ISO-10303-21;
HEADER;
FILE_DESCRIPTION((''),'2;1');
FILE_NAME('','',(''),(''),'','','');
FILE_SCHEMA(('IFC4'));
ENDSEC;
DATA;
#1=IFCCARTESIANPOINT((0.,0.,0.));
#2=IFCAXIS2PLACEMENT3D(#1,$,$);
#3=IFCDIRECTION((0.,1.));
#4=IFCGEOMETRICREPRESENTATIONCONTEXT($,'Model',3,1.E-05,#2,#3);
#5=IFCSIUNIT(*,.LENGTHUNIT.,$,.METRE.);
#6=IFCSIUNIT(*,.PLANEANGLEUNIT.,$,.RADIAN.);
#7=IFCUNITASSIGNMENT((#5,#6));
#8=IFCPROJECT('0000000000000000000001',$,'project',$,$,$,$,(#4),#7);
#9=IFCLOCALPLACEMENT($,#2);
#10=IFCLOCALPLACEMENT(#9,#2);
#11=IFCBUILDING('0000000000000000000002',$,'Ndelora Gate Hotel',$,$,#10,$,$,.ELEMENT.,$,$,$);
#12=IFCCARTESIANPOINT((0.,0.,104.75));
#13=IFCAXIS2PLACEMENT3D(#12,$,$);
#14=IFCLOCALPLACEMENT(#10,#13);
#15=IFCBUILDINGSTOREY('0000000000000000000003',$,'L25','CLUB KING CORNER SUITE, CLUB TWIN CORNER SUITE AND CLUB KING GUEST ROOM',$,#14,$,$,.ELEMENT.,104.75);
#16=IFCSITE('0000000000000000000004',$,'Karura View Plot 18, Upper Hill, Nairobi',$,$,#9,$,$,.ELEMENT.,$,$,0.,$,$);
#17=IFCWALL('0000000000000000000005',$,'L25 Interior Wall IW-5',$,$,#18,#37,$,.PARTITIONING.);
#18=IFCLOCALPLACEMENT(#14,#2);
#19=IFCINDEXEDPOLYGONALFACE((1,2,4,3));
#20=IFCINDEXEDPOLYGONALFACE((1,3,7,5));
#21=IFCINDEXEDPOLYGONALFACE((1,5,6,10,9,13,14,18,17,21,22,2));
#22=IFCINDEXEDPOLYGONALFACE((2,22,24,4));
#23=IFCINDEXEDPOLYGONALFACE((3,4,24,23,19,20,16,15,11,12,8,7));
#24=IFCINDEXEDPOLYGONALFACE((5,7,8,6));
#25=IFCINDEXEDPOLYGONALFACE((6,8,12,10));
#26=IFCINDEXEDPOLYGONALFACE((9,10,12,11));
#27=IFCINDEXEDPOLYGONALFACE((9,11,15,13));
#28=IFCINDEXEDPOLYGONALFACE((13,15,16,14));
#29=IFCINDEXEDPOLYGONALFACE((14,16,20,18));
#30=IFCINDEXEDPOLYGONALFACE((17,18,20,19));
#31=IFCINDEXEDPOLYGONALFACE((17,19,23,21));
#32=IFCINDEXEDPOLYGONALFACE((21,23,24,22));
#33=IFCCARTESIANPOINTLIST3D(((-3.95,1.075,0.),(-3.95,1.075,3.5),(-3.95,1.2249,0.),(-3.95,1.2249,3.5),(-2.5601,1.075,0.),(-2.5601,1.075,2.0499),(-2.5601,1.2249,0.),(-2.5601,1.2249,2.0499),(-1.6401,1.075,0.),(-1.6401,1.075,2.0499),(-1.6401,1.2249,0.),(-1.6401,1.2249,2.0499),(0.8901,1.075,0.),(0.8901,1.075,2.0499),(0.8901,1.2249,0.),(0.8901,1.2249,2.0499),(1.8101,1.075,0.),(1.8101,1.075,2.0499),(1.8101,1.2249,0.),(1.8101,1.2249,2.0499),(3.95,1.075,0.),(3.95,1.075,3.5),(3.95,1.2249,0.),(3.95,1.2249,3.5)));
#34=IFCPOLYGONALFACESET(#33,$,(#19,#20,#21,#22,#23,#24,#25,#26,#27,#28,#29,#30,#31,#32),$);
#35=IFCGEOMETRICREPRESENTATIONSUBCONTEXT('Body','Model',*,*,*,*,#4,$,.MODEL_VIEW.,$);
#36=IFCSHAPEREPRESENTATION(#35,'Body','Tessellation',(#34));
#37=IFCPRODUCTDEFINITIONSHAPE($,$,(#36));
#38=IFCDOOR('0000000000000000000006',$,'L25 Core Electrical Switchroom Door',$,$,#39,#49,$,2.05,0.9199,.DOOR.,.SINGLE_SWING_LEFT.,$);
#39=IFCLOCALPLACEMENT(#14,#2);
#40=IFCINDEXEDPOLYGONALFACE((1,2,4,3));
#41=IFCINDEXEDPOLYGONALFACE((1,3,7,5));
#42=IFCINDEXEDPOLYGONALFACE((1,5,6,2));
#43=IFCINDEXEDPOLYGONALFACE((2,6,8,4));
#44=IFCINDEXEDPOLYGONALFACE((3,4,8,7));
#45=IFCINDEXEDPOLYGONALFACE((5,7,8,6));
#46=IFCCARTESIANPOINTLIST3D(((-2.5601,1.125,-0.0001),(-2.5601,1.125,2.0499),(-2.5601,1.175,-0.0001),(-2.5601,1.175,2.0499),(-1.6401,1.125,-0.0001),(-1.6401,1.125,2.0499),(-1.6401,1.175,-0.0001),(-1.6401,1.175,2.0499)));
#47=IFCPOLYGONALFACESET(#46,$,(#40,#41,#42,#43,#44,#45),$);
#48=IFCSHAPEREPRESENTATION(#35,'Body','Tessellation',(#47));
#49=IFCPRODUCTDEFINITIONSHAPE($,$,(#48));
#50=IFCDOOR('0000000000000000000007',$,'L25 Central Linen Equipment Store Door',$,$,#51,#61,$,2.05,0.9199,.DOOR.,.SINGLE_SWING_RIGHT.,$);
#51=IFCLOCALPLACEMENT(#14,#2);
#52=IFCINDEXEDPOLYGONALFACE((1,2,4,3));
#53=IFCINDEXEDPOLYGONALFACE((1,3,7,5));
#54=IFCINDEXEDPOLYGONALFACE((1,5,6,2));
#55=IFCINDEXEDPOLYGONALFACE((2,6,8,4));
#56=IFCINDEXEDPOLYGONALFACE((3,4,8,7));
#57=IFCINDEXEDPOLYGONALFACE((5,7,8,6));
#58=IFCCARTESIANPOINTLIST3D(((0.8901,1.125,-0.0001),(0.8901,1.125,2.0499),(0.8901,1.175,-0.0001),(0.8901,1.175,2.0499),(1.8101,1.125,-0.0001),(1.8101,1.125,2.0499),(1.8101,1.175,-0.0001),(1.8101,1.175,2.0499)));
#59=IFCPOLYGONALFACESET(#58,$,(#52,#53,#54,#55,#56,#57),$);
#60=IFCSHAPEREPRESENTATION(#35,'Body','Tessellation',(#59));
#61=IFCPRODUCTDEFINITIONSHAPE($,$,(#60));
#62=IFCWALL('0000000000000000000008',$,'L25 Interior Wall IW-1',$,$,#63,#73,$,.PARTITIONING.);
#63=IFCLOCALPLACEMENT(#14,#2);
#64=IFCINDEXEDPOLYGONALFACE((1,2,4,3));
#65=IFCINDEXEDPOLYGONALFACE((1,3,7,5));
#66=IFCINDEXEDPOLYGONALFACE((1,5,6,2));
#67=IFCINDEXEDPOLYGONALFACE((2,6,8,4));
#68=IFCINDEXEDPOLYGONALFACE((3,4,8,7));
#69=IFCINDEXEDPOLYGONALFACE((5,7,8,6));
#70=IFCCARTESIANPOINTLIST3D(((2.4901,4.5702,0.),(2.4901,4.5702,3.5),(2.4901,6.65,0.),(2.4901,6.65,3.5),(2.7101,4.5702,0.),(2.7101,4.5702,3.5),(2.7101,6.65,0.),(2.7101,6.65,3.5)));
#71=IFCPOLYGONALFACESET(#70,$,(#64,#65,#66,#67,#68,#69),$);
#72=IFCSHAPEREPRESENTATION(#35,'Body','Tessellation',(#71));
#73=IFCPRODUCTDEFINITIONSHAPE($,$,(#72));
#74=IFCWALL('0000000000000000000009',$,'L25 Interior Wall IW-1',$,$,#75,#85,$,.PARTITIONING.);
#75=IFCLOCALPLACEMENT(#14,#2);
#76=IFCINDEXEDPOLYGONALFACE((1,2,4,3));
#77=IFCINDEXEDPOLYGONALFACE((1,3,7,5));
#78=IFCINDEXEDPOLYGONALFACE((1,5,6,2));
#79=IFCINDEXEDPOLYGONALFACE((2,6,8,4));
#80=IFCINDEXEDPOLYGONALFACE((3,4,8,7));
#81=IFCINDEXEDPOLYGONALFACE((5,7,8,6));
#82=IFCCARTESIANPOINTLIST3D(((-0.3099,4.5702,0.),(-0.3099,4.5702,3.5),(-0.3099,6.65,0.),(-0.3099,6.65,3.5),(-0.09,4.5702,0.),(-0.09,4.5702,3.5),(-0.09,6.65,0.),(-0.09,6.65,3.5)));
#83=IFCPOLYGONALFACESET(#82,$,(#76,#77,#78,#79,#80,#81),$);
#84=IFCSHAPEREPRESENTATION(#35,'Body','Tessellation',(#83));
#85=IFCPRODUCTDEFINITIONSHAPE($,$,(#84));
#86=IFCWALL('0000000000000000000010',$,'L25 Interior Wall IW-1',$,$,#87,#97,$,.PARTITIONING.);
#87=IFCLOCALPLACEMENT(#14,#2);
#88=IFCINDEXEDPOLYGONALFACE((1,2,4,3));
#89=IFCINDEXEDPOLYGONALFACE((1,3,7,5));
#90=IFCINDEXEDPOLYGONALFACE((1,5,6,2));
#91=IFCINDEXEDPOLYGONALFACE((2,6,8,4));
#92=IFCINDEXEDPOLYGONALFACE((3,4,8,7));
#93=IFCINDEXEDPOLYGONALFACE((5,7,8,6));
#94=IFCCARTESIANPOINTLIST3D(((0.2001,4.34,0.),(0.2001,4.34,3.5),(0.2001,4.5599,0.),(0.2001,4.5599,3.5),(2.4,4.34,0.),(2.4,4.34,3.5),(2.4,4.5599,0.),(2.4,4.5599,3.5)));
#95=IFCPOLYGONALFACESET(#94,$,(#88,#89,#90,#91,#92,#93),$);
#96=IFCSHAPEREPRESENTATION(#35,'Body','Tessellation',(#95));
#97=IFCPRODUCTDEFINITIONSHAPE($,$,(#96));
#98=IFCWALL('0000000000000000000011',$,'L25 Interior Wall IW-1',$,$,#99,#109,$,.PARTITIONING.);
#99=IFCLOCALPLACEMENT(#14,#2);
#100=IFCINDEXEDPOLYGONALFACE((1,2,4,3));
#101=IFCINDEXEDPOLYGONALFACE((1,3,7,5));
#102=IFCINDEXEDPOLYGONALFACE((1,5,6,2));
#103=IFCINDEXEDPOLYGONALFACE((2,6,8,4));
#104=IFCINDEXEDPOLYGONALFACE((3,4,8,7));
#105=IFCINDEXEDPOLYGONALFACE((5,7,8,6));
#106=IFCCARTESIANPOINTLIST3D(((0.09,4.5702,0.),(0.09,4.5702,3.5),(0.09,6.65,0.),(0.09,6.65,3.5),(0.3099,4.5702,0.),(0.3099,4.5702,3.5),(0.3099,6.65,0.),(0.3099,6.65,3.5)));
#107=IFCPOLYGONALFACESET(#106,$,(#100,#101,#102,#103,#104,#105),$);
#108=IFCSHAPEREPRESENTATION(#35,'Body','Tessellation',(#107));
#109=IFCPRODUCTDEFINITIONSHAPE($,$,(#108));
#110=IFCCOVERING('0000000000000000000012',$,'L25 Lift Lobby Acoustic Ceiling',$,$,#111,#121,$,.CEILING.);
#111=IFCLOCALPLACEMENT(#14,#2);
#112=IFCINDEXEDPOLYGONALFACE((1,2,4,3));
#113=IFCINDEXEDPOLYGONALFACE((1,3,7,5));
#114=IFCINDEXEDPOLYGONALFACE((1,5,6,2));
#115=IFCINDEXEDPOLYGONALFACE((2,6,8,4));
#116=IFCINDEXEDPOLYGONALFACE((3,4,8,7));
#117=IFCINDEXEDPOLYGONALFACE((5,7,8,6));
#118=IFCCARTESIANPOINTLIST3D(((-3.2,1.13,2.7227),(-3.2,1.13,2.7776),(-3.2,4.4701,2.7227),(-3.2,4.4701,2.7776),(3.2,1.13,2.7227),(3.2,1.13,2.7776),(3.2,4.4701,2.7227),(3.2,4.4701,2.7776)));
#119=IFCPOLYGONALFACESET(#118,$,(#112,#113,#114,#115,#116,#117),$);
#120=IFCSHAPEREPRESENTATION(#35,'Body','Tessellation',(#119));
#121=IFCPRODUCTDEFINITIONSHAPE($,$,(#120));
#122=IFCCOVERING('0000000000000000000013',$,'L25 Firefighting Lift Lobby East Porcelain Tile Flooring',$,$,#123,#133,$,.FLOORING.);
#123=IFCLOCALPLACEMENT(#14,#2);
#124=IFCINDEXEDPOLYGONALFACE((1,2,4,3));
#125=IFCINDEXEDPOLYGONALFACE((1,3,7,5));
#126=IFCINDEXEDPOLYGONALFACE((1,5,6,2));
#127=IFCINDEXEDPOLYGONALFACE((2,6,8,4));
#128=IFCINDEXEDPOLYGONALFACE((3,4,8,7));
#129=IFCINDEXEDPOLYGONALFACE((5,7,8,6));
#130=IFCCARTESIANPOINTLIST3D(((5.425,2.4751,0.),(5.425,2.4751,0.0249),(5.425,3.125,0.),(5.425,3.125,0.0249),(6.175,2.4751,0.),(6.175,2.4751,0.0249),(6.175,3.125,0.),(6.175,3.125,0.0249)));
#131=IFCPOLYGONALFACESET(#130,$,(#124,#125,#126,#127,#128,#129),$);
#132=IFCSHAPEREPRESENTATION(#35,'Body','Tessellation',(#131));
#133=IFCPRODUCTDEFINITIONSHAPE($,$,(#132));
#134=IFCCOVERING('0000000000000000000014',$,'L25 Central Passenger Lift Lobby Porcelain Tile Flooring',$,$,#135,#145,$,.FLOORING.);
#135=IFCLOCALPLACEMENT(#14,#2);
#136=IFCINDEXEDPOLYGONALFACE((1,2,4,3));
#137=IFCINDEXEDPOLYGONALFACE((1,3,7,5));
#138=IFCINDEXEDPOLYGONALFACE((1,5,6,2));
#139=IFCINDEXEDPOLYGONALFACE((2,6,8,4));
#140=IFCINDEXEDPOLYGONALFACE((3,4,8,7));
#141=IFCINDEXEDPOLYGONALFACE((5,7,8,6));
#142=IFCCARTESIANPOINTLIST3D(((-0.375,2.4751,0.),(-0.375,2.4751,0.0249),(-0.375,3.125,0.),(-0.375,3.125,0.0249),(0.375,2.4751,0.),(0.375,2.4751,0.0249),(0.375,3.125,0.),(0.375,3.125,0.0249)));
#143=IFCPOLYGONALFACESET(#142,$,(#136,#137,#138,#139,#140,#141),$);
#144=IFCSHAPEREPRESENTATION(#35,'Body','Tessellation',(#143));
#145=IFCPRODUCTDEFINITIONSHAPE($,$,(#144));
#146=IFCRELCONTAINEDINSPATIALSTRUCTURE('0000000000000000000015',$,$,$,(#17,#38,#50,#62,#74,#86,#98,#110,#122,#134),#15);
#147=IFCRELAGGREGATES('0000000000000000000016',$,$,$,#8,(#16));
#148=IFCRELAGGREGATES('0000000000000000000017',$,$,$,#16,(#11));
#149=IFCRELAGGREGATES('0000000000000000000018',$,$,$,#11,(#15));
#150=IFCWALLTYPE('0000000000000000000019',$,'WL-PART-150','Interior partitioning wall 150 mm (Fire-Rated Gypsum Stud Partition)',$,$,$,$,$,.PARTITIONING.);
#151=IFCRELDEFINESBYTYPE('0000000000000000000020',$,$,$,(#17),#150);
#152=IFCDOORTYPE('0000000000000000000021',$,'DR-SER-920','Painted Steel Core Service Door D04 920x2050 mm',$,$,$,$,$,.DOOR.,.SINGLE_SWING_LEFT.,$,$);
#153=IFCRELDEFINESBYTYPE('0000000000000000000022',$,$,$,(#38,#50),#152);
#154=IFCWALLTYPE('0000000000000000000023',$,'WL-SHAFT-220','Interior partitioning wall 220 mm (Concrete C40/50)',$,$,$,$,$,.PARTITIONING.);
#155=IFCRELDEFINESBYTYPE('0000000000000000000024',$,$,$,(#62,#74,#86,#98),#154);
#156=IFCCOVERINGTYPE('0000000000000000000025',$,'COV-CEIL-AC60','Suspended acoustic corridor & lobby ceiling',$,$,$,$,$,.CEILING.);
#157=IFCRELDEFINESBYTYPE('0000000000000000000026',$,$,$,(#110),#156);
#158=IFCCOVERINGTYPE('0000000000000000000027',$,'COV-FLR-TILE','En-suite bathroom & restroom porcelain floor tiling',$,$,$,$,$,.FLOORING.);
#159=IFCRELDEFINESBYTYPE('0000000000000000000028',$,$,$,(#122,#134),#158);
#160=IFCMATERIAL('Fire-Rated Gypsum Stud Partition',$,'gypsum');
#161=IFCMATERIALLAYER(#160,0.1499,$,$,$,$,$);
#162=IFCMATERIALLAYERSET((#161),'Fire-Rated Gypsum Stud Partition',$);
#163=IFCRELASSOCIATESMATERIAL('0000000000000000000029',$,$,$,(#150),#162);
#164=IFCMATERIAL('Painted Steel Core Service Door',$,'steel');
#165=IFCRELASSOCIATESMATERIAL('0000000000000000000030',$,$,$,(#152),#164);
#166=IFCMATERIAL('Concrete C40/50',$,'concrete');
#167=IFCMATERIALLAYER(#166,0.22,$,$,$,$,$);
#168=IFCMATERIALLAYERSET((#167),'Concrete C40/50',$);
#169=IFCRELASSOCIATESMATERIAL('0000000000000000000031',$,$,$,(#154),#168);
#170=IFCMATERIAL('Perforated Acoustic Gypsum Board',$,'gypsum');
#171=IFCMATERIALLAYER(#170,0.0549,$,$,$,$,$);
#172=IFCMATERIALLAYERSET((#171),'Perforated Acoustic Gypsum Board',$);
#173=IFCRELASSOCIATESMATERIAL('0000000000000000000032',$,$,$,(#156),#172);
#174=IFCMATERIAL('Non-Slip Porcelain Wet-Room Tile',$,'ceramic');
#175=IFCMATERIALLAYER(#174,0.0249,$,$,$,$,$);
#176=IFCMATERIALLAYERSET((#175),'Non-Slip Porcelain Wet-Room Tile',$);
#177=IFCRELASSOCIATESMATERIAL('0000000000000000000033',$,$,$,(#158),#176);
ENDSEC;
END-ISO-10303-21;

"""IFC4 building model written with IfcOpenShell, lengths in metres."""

from ifc_helpers import new_model, si_unit, direction, frame, frame_2d, origin, origin_2d, place, context, subcontext, project, spatial, rectangle, extrude, material, layer, layer_set, type_object, element, fill, save


model = new_model("IFC4")

# Units and contexts
model_context = context("Model", 3, precision=1e-05, world=origin(), true_north=direction((0.0, 1.0)))
body_context = subcontext(model_context, "Body", "Model", "MODEL_VIEW")
ifc_project = project(units=[si_unit("LENGTHUNIT", "METRE"), si_unit("PLANEANGLEUNIT", "RADIAN")], contexts=[model_context])

# Site, building, storey
site_placement = place(None, origin())
site = spatial("IfcSite", under=ifc_project, at=site_placement, Name="Karura View Plot 18, Upper Hill, Nairobi", CompositionType="ELEMENT", RefElevation=0.0)
building_placement = place(site_placement, origin())
building = spatial("IfcBuilding", under=site, at=building_placement, Name="Ndelora Gate Hotel", CompositionType="ELEMENT")
storey_placement = place(building_placement, frame((0.0, 0.0, 104.75)))
storey = spatial("IfcBuildingStorey", under=building, at=storey_placement, Name="L25", Description="CLUB KING CORNER SUITE, CLUB TWIN CORNER SUITE AND CLUB KING GUEST ROOM", CompositionType="ELEMENT", Elevation=104.75)

# Shared definitions
ifc_material_1 = material(Name="Concrete C40/50", Category="concrete")

# Wall, openings, doors
ifc_material_2 = material(Name="Fire-Rated Gypsum Stud Partition", Category="gypsum")
ifc_layer_1 = layer(ifc_material_2, 0.1499)
ifc_layer_set_1 = layer_set([ifc_layer_1], Name="Fire-Rated Gypsum Stud Partition")
wall_type_1 = type_object("IfcWallType", Name="WL-PART-150", Description="Interior partitioning wall 150 mm (Fire-Rated Gypsum Stud Partition)", PredefinedType="PARTITIONING", material=ifc_layer_set_1)
wall_1_placement = place(storey_placement, frame((3.95, 1.1499, 0.0), z_axis=(0.0, 0.0, 1.0), x_axis=(-1.0, 0.0, 0.0)))
wall_1 = element("IfcWall", 1, at=wall_1_placement, inside=storey, type_object=wall_type_1, Name="L25 Interior Wall IW-5", PredefinedType="PARTITIONING", context=body_context, shape_type="SweptSolid", body=[
    extrude(rectangle(XDim=7.8999, YDim=0.1499, at=frame_2d((3.95, 0.0))), origin(), (0.0, 0.0, 1.0), 3.5),
])
opening_1_placement = place(wall_1_placement, frame((5.5901, 0.0, 0.0)))
opening_1 = element("IfcOpeningElement", 2, at=opening_1_placement, cuts=wall_1, PredefinedType="OPENING", context=body_context, shape_type="SweptSolid", body=[
    extrude(rectangle(XDim=0.9199, YDim=2.05, at=frame_2d((0.46, 1.0249))), frame((0.0, 0.085, 0.0), z_axis=(0.0, -1.0, 0.0), x_axis=(1.0, 0.0, 0.0)), (0.0, 0.0, 1.0), 0.1699),
])
opening_2_placement = place(wall_1_placement, frame((2.1399, 0.0, 0.0)))
opening_2 = element("IfcOpeningElement", 3, at=opening_2_placement, cuts=wall_1, PredefinedType="OPENING", context=body_context, shape_type="SweptSolid", body=[
    extrude(rectangle(XDim=0.9199, YDim=2.05, at=frame_2d((0.46, 1.0249))), frame((0.0, 0.085, 0.0), z_axis=(0.0, -1.0, 0.0), x_axis=(1.0, 0.0, 0.0)), (0.0, 0.0, 1.0), 0.1699),
])
ifc_material_3 = material(Name="Painted Steel Core Service Door", Category="steel")
door_type_1 = type_object("IfcDoorType", Name="DR-SER-920", Description="Painted Steel Core Service Door D04 920x2050 mm", OperationType="SINGLE_SWING_LEFT", PredefinedType="DOOR", material=ifc_material_3)
door_1_placement = place(opening_1_placement, origin())
door_1 = element("IfcDoor", 4, at=door_1_placement, inside=storey, type_object=door_type_1, Name="L25 Core Electrical Switchroom Door", OperationType="SINGLE_SWING_LEFT", OverallHeight=2.05, OverallWidth=0.9199, PredefinedType="DOOR", context=body_context, shape_type="SweptSolid", body=[
    extrude(rectangle(XDim=0.9199, YDim=2.05, at=frame_2d((0.46, 1.0249))), frame((0.0, 0.0249, 0.0), z_axis=(0.0, -1.0, 0.0), x_axis=(1.0, 0.0, 0.0)), (0.0, 0.0, 1.0), 0.05),
])
fill(opening_1, door_1)
door_2_placement = place(opening_2_placement, origin())
door_2 = element("IfcDoor", 5, at=door_2_placement, inside=storey, type_object=door_type_1, Name="L25 Central Linen Equipment Store Door", OperationType="SINGLE_SWING_RIGHT", OverallHeight=2.05, OverallWidth=0.9199, PredefinedType="DOOR", context=body_context, shape_type="SweptSolid", body=[
    extrude(rectangle(XDim=0.9199, YDim=2.05, at=frame_2d((0.46, 1.0249))), frame((0.0, 0.0249, 0.0), z_axis=(0.0, -1.0, 0.0), x_axis=(1.0, 0.0, 0.0)), (0.0, 0.0, 1.0), 0.05),
])
fill(opening_2, door_2)

# Shared definitions
ifc_layer_2 = layer(ifc_material_1, 0.22)
ifc_layer_set_2 = layer_set([ifc_layer_2], Name="Concrete C40/50")
wall_type_2 = type_object("IfcWallType", Name="WL-SHAFT-220", Description="Interior partitioning wall 220 mm (Concrete C40/50)", PredefinedType="PARTITIONING", material=ifc_layer_set_2)

# Walls
for number, where, z_axis, x_axis, name in (
    (6, (2.6001, 4.5701, 0.0), (0.0, 0.0, 1.0), (0.0, 1.0, 0.0), "L25 Interior Wall IW-1"),
    (7, (-0.2, 4.5701, 0.0), (0.0, 0.0, 1.0), (0.0, 1.0, 0.0), "L25 Interior Wall IW-1"),
):
    element("IfcWall", number, at=place(storey_placement, frame(where, z_axis=z_axis, x_axis=x_axis)), inside=storey, type_object=wall_type_2, Name=name, PredefinedType="PARTITIONING", context=body_context, shape_type="SweptSolid", body=[
        extrude(rectangle(XDim=2.0798, YDim=0.22, at=frame_2d((1.04, 0.0))), origin(), (0.0, 0.0, 1.0), 3.5),
    ])
wall_2_placement = place(storey_placement, frame((0.2, 4.45, 0.0), z_axis=(0.0, 0.0, 1.0), x_axis=(1.0, 0.0, 0.0)))
element("IfcWall", 8, at=wall_2_placement, inside=storey, type_object=wall_type_2, Name="L25 Interior Wall IW-1", PredefinedType="PARTITIONING", context=body_context, shape_type="SweptSolid", body=[
    extrude(rectangle(XDim=2.2, YDim=0.22, at=frame_2d((1.1001, 0.0))), origin(), (0.0, 0.0, 1.0), 3.5),
])
wall_3_placement = place(storey_placement, frame((0.2, 4.5701, 0.0), z_axis=(0.0, 0.0, 1.0), x_axis=(0.0, 1.0, 0.0)))
element("IfcWall", 9, at=wall_3_placement, inside=storey, type_object=wall_type_2, Name="L25 Interior Wall IW-1", PredefinedType="PARTITIONING", context=body_context, shape_type="SweptSolid", body=[
    extrude(rectangle(XDim=2.0798, YDim=0.22, at=frame_2d((1.04, 0.0))), origin(), (0.0, 0.0, 1.0), 3.5),
])

# Coverings
ifc_material_4 = material(Name="Perforated Acoustic Gypsum Board", Category="gypsum")
ifc_layer_3 = layer(ifc_material_4, 0.0549)
ifc_layer_set_3 = layer_set([ifc_layer_3], Name="Perforated Acoustic Gypsum Board")
covering_type_1 = type_object("IfcCoveringType", Name="COV-CEIL-AC60", Description="Suspended acoustic corridor & lobby ceiling", PredefinedType="CEILING", material=ifc_layer_set_3)
covering_placement = place(storey_placement, frame((0.0, 2.8, 2.7227), z_axis=(0.0, 0.0, 1.0), x_axis=(1.0, 0.0, 0.0)))
element("IfcCovering", 10, at=covering_placement, inside=storey, type_object=covering_type_1, Name="L25 Lift Lobby Acoustic Ceiling", PredefinedType="CEILING", context=body_context, shape_type="SweptSolid", body=[
    extrude(rectangle(XDim=6.3999, YDim=3.3401, at=origin_2d()), origin(), (0.0, 0.0, 1.0), 0.0549),
])
ifc_material_5 = material(Name="Non-Slip Porcelain Wet-Room Tile", Category="ceramic")
ifc_layer_4 = layer(ifc_material_5, 0.0249)
ifc_layer_set_4 = layer_set([ifc_layer_4], Name="Non-Slip Porcelain Wet-Room Tile")
covering_type_2 = type_object("IfcCoveringType", Name="COV-FLR-TILE", Description="En-suite bathroom & restroom porcelain floor tiling", PredefinedType="FLOORING", material=ifc_layer_set_4)
for number, where, z_axis, x_axis, name in (
    (11, (5.8, 2.8, 0.0), (0.0, 0.0, 1.0), (1.0, 0.0, 0.0), "L25 Firefighting Lift Lobby East Porcelain Tile Flooring"),
    (12, (0.0, 2.8, 0.0), (0.0, 0.0, 1.0), (1.0, 0.0, 0.0), "L25 Central Passenger Lift Lobby Porcelain Tile Flooring"),
):
    element("IfcCovering", number, at=place(storey_placement, frame(where, z_axis=z_axis, x_axis=x_axis)), inside=storey, type_object=covering_type_2, Name=name, PredefinedType="FLOORING", context=body_context, shape_type="SweptSolid", body=[
        extrude(rectangle(XDim=0.75, YDim=0.6499, at=origin_2d()), origin(), (0.0, 0.0, 1.0), 0.0249),
    ])

save(model, "model.ifc")
